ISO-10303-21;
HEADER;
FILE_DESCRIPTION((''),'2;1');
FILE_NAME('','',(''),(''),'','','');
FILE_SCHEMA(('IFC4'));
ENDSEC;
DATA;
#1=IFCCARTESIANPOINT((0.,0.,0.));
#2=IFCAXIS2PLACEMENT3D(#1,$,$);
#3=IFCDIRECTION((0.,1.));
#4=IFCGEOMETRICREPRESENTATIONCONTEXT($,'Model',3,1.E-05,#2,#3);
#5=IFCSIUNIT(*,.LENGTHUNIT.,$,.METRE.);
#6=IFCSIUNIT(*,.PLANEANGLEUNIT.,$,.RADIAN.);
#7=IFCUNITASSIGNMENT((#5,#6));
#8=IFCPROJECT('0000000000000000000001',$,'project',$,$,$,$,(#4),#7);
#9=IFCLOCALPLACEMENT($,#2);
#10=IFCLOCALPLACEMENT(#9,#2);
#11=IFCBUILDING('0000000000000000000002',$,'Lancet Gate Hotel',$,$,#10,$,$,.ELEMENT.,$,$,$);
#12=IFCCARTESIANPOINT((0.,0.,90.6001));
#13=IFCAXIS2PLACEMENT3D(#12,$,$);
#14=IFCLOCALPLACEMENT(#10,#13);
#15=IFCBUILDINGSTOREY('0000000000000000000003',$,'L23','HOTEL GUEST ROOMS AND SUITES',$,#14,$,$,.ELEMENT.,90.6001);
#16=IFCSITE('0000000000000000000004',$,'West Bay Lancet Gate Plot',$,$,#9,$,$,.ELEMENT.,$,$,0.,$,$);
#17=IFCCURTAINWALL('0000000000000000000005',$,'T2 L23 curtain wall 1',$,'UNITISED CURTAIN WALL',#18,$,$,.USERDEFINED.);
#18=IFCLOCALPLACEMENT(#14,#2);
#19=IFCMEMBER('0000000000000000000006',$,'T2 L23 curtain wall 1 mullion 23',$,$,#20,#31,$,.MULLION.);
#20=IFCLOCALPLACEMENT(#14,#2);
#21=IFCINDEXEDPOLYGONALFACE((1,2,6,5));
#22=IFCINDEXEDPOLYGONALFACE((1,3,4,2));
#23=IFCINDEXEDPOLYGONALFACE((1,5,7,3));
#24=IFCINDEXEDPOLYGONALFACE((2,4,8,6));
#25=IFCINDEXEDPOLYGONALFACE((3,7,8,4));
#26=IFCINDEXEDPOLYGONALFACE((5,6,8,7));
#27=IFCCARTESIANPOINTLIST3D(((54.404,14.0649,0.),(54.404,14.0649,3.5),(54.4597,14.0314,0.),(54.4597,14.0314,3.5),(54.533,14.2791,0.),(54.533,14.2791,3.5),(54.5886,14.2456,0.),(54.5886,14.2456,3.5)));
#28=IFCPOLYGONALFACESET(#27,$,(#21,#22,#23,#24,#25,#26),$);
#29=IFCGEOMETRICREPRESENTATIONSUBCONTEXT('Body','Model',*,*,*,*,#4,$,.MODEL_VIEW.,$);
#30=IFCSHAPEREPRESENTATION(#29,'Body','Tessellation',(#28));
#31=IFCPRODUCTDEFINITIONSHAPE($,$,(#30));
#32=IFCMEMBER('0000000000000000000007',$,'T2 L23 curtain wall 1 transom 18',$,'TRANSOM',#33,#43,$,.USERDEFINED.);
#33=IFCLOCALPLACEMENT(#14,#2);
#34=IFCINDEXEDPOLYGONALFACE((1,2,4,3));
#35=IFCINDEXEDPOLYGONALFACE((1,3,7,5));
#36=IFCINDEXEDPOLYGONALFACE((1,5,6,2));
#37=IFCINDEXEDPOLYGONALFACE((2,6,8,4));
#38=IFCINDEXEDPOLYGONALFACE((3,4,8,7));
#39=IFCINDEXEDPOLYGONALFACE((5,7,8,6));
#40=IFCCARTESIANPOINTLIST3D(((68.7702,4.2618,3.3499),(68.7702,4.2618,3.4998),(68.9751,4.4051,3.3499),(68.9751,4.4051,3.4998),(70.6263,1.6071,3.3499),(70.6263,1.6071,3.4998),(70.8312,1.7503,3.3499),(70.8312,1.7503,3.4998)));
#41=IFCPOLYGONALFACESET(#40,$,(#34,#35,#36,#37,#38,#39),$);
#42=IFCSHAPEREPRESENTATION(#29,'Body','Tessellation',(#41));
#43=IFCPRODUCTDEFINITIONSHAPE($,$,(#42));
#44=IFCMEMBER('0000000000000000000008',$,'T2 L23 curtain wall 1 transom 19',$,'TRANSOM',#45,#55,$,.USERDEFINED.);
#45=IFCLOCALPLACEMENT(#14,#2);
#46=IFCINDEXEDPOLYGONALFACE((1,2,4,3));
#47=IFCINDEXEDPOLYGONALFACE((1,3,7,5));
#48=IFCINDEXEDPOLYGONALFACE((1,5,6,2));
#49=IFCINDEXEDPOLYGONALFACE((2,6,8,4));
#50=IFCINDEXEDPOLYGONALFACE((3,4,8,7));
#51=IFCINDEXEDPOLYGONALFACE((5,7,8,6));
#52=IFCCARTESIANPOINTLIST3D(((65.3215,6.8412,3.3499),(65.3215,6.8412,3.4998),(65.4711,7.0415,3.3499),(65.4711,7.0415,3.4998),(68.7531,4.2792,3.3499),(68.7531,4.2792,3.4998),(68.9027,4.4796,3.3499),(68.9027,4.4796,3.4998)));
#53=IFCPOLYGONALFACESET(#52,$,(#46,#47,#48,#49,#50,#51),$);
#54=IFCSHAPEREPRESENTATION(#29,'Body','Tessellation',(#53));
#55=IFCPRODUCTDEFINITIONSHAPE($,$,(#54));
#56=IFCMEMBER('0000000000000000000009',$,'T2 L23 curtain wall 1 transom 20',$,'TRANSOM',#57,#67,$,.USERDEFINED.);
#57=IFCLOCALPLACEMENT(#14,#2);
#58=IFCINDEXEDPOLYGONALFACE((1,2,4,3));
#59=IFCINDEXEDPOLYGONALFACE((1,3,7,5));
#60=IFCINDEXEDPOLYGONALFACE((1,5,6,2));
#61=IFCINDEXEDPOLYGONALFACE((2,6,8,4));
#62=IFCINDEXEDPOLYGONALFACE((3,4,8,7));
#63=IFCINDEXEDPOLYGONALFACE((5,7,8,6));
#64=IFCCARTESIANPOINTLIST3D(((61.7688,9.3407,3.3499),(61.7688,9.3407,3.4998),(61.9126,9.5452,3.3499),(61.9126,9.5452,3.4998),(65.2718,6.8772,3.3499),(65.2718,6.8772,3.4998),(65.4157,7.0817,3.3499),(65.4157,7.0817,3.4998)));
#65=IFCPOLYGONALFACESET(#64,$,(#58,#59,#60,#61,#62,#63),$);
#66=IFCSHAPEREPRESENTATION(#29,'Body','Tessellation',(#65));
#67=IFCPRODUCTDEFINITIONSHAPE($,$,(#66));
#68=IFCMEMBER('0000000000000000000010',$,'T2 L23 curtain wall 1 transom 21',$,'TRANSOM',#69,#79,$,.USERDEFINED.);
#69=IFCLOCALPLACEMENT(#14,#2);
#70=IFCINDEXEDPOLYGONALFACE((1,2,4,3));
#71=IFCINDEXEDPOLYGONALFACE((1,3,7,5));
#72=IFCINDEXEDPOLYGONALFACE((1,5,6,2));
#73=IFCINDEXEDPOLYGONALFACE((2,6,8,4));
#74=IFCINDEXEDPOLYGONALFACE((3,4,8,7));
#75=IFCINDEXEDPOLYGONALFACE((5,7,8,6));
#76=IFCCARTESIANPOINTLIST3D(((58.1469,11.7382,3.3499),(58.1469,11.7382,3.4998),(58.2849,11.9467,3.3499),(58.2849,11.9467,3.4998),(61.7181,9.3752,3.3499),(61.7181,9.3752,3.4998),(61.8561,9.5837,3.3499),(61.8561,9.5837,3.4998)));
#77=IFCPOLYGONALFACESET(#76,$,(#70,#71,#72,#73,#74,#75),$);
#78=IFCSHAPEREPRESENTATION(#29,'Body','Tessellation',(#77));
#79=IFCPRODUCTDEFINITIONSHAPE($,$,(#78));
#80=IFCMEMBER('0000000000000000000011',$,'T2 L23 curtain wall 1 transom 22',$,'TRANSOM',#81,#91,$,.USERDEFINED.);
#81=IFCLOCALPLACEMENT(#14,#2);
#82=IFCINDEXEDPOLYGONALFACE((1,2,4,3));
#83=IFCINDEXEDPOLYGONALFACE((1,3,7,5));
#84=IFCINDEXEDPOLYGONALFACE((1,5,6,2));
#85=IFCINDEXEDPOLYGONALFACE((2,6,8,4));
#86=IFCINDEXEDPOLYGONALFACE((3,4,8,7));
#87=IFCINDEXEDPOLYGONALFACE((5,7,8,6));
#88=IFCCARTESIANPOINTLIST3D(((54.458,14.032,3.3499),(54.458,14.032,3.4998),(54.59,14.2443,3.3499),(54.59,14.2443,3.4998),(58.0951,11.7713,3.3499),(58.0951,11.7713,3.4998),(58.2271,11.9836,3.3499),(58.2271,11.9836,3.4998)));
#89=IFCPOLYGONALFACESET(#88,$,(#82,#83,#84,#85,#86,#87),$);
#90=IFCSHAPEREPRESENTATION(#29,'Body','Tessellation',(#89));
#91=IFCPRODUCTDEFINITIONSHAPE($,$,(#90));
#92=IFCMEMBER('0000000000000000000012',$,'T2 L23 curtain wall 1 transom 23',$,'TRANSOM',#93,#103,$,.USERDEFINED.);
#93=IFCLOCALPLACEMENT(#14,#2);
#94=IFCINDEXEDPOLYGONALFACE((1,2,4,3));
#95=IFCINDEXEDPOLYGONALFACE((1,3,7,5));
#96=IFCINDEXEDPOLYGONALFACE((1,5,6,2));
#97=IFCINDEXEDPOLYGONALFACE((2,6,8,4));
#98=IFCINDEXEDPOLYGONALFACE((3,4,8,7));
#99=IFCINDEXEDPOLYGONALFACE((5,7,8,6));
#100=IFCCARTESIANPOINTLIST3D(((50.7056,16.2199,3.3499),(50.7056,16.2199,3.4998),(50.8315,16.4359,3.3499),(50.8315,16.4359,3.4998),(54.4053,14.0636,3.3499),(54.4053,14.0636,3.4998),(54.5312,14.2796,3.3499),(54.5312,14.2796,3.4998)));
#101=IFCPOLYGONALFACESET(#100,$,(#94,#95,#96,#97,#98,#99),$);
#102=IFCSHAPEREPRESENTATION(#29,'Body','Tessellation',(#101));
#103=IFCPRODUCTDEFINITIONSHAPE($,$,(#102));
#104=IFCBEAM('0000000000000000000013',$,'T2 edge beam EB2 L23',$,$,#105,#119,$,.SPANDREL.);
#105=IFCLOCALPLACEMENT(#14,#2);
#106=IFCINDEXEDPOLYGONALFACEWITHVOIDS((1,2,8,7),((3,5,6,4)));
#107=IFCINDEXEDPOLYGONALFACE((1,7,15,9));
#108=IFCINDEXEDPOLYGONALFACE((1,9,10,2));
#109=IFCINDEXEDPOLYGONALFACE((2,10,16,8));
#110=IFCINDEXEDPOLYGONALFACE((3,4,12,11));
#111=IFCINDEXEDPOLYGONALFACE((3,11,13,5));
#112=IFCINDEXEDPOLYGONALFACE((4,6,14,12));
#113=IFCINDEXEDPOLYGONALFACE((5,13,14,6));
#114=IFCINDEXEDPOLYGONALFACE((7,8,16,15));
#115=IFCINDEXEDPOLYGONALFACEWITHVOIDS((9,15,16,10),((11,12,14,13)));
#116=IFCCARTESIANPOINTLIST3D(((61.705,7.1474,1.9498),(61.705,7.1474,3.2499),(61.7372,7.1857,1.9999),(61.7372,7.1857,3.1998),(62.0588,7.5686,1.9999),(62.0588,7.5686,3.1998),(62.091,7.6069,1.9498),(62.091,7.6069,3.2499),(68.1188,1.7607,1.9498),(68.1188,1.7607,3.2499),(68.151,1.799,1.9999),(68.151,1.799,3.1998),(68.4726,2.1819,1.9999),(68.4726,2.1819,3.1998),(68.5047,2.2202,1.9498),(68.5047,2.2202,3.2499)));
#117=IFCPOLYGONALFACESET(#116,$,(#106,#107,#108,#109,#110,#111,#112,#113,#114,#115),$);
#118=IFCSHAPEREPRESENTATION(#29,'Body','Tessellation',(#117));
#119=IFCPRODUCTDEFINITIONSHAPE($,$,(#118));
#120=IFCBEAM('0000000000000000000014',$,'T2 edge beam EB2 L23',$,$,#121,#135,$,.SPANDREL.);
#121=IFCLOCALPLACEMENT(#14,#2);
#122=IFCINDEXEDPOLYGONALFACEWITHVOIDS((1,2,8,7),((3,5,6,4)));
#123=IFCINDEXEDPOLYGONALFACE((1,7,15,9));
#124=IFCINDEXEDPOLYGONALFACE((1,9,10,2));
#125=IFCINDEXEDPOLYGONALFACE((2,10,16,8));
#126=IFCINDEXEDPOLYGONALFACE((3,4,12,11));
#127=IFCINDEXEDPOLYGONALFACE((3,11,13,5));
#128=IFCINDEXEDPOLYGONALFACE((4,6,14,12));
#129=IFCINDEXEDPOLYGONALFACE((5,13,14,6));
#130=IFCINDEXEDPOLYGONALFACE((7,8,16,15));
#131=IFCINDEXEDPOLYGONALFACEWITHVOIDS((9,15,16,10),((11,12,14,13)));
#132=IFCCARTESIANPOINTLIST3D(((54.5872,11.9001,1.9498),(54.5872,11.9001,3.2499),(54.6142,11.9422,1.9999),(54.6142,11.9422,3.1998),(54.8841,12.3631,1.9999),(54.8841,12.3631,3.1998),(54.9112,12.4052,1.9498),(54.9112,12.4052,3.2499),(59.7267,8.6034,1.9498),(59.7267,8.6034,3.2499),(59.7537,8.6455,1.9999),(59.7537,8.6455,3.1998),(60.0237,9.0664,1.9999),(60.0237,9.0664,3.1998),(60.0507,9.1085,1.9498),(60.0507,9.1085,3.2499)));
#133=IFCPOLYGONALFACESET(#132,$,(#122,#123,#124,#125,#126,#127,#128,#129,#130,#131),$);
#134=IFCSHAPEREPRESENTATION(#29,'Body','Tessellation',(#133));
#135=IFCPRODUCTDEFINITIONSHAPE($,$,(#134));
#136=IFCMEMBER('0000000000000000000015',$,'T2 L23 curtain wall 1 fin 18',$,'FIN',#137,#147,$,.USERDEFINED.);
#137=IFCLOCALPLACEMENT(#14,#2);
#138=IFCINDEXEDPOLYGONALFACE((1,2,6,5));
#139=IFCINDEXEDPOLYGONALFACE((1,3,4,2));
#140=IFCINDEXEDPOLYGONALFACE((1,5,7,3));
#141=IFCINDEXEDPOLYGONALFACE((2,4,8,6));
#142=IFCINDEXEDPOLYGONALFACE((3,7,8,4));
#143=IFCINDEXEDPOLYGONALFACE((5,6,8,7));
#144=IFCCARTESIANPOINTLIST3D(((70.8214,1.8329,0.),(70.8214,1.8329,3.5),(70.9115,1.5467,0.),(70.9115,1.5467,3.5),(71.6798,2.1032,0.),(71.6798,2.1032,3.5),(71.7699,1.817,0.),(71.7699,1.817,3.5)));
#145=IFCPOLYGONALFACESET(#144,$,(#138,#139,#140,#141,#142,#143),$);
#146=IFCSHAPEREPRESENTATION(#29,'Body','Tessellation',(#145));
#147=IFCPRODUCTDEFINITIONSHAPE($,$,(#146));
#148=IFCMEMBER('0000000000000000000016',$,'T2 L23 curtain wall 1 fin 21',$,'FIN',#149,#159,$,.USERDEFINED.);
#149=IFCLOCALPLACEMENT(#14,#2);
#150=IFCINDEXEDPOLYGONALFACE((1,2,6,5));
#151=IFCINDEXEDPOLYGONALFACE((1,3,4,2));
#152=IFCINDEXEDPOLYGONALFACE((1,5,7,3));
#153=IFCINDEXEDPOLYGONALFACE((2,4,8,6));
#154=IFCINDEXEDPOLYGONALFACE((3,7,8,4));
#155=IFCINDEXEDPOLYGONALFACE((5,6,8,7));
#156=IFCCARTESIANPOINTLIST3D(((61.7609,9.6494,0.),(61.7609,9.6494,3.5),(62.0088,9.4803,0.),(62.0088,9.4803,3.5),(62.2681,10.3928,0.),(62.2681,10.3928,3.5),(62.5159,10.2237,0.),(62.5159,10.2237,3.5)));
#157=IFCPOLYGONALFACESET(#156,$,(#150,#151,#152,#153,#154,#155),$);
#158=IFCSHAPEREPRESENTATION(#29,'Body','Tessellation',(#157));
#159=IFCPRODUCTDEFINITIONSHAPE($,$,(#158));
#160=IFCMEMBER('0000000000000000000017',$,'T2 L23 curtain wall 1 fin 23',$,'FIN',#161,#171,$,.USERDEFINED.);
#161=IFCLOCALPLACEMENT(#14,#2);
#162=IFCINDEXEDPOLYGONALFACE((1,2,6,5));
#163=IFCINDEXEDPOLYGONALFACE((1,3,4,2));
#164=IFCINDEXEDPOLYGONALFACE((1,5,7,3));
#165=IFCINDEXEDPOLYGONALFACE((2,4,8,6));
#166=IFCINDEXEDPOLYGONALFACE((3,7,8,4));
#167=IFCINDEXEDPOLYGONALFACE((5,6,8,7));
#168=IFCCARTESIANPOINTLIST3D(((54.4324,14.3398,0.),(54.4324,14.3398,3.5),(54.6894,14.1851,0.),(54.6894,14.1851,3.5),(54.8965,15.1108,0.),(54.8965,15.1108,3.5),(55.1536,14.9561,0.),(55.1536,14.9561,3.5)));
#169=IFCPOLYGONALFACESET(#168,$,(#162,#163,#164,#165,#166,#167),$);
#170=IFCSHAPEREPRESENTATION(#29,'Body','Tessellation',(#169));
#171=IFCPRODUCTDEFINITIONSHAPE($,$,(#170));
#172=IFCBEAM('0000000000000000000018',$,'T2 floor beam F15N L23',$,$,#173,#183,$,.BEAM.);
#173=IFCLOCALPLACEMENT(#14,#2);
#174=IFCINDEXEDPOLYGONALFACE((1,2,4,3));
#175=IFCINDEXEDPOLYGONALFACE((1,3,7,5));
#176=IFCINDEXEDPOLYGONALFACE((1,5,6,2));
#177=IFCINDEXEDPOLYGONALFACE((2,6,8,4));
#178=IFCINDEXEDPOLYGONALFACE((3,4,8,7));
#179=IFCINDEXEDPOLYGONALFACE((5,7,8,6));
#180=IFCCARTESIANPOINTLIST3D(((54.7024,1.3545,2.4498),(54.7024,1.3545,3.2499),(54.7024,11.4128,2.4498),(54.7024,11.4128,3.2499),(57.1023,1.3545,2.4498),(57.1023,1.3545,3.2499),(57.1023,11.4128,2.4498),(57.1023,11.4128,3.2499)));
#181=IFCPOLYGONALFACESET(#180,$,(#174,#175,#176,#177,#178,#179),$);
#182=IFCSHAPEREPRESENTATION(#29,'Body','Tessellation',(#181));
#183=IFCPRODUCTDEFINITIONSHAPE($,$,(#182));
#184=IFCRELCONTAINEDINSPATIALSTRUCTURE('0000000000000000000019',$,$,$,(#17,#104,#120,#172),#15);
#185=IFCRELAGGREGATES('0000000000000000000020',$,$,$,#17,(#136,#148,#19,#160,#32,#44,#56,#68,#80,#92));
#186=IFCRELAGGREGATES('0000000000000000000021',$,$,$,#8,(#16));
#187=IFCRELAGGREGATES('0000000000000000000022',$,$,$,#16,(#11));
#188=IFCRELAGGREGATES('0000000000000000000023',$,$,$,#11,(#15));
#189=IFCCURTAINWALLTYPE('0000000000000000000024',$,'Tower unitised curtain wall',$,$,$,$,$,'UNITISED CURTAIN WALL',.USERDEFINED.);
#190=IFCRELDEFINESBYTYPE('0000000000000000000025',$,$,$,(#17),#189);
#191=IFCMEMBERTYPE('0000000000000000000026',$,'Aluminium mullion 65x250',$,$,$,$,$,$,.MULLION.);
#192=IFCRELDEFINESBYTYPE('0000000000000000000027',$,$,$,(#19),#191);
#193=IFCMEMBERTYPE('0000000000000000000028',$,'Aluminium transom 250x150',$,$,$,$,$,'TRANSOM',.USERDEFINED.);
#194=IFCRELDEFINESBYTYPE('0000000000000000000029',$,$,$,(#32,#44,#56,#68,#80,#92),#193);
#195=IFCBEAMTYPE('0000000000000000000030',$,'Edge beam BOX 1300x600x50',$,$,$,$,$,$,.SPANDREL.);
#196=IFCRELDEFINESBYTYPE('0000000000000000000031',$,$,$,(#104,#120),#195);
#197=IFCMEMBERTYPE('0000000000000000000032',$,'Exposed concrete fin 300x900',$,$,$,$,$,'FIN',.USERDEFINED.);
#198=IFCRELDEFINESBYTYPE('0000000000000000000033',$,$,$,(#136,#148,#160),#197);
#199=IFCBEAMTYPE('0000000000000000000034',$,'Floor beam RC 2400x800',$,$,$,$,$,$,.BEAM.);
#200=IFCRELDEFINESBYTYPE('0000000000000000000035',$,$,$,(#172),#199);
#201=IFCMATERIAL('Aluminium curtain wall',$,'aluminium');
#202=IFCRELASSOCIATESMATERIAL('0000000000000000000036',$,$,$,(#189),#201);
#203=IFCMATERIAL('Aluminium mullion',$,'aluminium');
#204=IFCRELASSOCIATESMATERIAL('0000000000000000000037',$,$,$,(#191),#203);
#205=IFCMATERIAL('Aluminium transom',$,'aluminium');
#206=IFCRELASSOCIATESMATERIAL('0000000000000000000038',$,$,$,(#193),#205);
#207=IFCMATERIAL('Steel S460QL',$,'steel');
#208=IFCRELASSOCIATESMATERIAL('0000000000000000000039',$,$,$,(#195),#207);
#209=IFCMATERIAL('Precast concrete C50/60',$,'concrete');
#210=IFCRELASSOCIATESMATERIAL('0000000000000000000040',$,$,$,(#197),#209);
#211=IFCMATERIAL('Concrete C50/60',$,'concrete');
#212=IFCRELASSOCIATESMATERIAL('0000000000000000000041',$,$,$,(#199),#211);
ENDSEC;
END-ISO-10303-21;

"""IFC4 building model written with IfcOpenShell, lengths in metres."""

from ifc_helpers import new_model, si_unit, direction, frame, origin, origin_2d, place, context, subcontext, project, spatial, rectangle, hollow_rectangle, extrude, material, material_profile, profile_set, type_object, element, aggregate, save


model = new_model("IFC4")

# Units and contexts
model_context = context("Model", 3, precision=1e-05, world=origin(), true_north=direction((0.0, 1.0)))
body_context = subcontext(model_context, "Body", "Model", "MODEL_VIEW")
ifc_project = project(units=[si_unit("LENGTHUNIT", "METRE"), si_unit("PLANEANGLEUNIT", "RADIAN")], contexts=[model_context])

# Site, building, storey
site_placement = place(None, origin())
site = spatial("IfcSite", under=ifc_project, at=site_placement, Name="West Bay Lancet Gate Plot", CompositionType="ELEMENT", RefElevation=0.0)
building_placement = place(site_placement, origin())
building = spatial("IfcBuilding", under=site, at=building_placement, Name="Lancet Gate Hotel", CompositionType="ELEMENT")
storey_placement = place(building_placement, frame((0.0, 0.0, 90.6001)))
storey = spatial("IfcBuildingStorey", under=building, at=storey_placement, Name="L23", Description="HOTEL GUEST ROOMS AND SUITES", CompositionType="ELEMENT", Elevation=90.6001)

# Curtain wall, members
ifc_material_1 = material(Name="Aluminium curtain wall", Category="aluminium")
curtain_wall_type = type_object("IfcCurtainWallType", Name="Tower unitised curtain wall", ElementType="UNITISED CURTAIN WALL", PredefinedType="USERDEFINED", material=ifc_material_1)
curtain_wall_placement = place(storey_placement, origin())
curtain_wall = element("IfcCurtainWall", 1, at=curtain_wall_placement, inside=storey, type_object=curtain_wall_type, Name="T2 L23 curtain wall 1", ObjectType="UNITISED CURTAIN WALL", PredefinedType="USERDEFINED")
ifc_material_2 = material(Name="Aluminium mullion", Category="aluminium")
ifc_material_profile_1 = material_profile(ifc_material_2, rectangle(XDim=0.0649, YDim=0.25, at=origin_2d()), Name="MULLION 65x250")
ifc_profile_set_1 = profile_set([ifc_material_profile_1], Name="Aluminium mullion")
member_type_1 = type_object("IfcMemberType", Name="Aluminium mullion 65x250", PredefinedType="MULLION", material=ifc_profile_set_1)
member_1_placement = place(storey_placement, frame((54.4963, 14.1553, 0.0), z_axis=(0.0, 0.0, 1.0), x_axis=(-0.856728, 0.515768, 0.0)))
member_1 = element("IfcMember", 2, at=member_1_placement, type_object=member_type_1, Name="T2 L23 curtain wall 1 mullion 23", PredefinedType="MULLION", context=body_context, shape_type="SweptSolid", body=[
    extrude(rectangle(XDim=0.0649, YDim=0.25, at=origin_2d()), origin(), (0.0, 0.0, 1.0), 3.5),
])
ifc_material_3 = material(Name="Aluminium transom", Category="aluminium")
ifc_material_profile_2 = material_profile(ifc_material_3, rectangle(XDim=0.25, YDim=0.1499, at=origin_2d()), Name="TRANSOM 250x150")
ifc_profile_set_2 = profile_set([ifc_material_profile_2], Name="Aluminium transom")
member_type_2 = type_object("IfcMemberType", Name="Aluminium transom 250x150", ElementType="TRANSOM", PredefinedType="USERDEFINED", material=ifc_profile_set_2)
member_2_placement = place(storey_placement, frame((70.7288, 1.6787, 3.4248), z_axis=(-0.573017, 0.819543, 0.0), x_axis=(-0.819543, -0.573017, 0.0)))
member_2 = element("IfcMember", 3, at=member_2_placement, type_object=member_type_2, Name="T2 L23 curtain wall 1 transom 18", ObjectType="TRANSOM", PredefinedType="USERDEFINED", context=body_context, shape_type="SweptSolid", body=[
    extrude(rectangle(XDim=0.25, YDim=0.1499, at=origin_2d()), origin(), (0.0, 0.0, 1.0), 3.2393),
])
member_3_placement = place(storey_placement, frame((68.8279, 4.3794, 3.4248), z_axis=(-0.801312, 0.598247, 0.0), x_axis=(-0.598247, -0.801312, 0.0)))
member_3 = element("IfcMember", 4, at=member_3_placement, type_object=member_type_2, Name="T2 L23 curtain wall 1 transom 19", ObjectType="TRANSOM", PredefinedType="USERDEFINED", context=body_context, shape_type="SweptSolid", body=[
    extrude(rectangle(XDim=0.25, YDim=0.1499, at=origin_2d()), origin(), (0.0, 0.0, 1.0), 4.2825),
])
member_4_placement = place(storey_placement, frame((65.3438, 6.9795, 3.4248), z_axis=(-0.817987, 0.575236, 0.0), x_axis=(-0.575236, -0.817987, 0.0)))
member_4 = element("IfcMember", 5, at=member_4_placement, type_object=member_type_2, Name="T2 L23 curtain wall 1 transom 20", ObjectType="TRANSOM", PredefinedType="USERDEFINED", context=body_context, shape_type="SweptSolid", body=[
    extrude(rectangle(XDim=0.25, YDim=0.1499, at=origin_2d()), origin(), (0.0, 0.0, 1.0), 4.2825),
])
member_5_placement = place(storey_placement, frame((61.7871, 9.4795, 3.4248), z_axis=(-0.833966, 0.551816, 0.0), x_axis=(-0.551816, -0.833966, 0.0)))
member_5 = element("IfcMember", 6, at=member_5_placement, type_object=member_type_2, Name="T2 L23 curtain wall 1 transom 21", ObjectType="TRANSOM", PredefinedType="USERDEFINED", context=body_context, shape_type="SweptSolid", body=[
    extrude(rectangle(XDim=0.25, YDim=0.1499, at=origin_2d()), origin(), (0.0, 0.0, 1.0), 4.2822),
])
member_6_placement = place(storey_placement, frame((58.1611, 11.8774, 3.4248), z_axis=(-0.849309, 0.527896, 0.0), x_axis=(-0.527896, -0.849309, 0.0)))
member_6 = element("IfcMember", 7, at=member_6_placement, type_object=member_type_2, Name="T2 L23 curtain wall 1 transom 22", ObjectType="TRANSOM", PredefinedType="USERDEFINED", context=body_context, shape_type="SweptSolid", body=[
    extrude(rectangle(XDim=0.25, YDim=0.1499, at=origin_2d()), origin(), (0.0, 0.0, 1.0), 4.2825),
])
member_7_placement = place(storey_placement, frame((54.4683, 14.1716, 3.4248), z_axis=(-0.863973, 0.503538, 0.0), x_axis=(-0.503538, -0.863973, 0.0)))
member_7 = element("IfcMember", 8, at=member_7_placement, type_object=member_type_2, Name="T2 L23 curtain wall 1 transom 23", ObjectType="TRANSOM", PredefinedType="USERDEFINED", context=body_context, shape_type="SweptSolid", body=[
    extrude(rectangle(XDim=0.25, YDim=0.1499, at=origin_2d()), origin(), (0.0, 0.0, 1.0), 4.2822),
])

# Beams
ifc_material_4 = material(Name="Steel S460QL", Category="steel")
ifc_material_profile_3 = material_profile(ifc_material_4, hollow_rectangle(XDim=0.6001, YDim=1.3, WallThickness=0.05, at=origin_2d()), Name="BOX 1300x600x50")
ifc_profile_set_3 = profile_set([ifc_material_profile_3], Name="Steel S460QL")
beam_type_1 = type_object("IfcBeamType", Name="Edge beam BOX 1300x600x50", PredefinedType="SPANDREL", material=ifc_profile_set_3)
beam_1_placement = place(storey_placement, frame((68.3118, 1.9905, 2.5999), z_axis=(-0.765757, 0.64313, 0.0), x_axis=(-0.64313, -0.765757, 0.0)))
element("IfcBeam", 9, at=beam_1_placement, inside=storey, type_object=beam_type_1, Name="T2 edge beam EB2 L23", PredefinedType="SPANDREL", context=body_context, shape_type="SweptSolid", body=[
    extrude(hollow_rectangle(XDim=0.6001, YDim=1.3, WallThickness=0.05, at=origin_2d()), origin(), (0.0, 0.0, 1.0), 8.3757),
])
beam_2_placement = place(storey_placement, frame((59.8887, 8.856, 2.5999), z_axis=(-0.84172, 0.539915, 0.0), x_axis=(-0.539915, -0.84172, 0.0)))
element("IfcBeam", 10, at=beam_2_placement, inside=storey, type_object=beam_type_1, Name="T2 edge beam EB2 L23", PredefinedType="SPANDREL", context=body_context, shape_type="SweptSolid", body=[
    extrude(hollow_rectangle(XDim=0.6001, YDim=1.3, WallThickness=0.05, at=origin_2d()), origin(), (0.0, 0.0, 1.0), 6.106),
])

# Members
ifc_material_5 = material(Name="Precast concrete C50/60", Category="concrete")
ifc_material_profile_4 = material_profile(ifc_material_5, rectangle(XDim=0.3, YDim=0.8999, at=origin_2d()), Name="FIN 300x900")
ifc_profile_set_4 = profile_set([ifc_material_profile_4], Name="Precast concrete C50/60")
member_type_3 = type_object("IfcMemberType", Name="Exposed concrete fin 300x900", ElementType="FIN", PredefinedType="USERDEFINED", material=ifc_profile_set_4)
member_8_placement = place(storey_placement, frame((71.2957, 1.825, 0.0), z_axis=(0.0, 0.0, 1.0), x_axis=(-0.300385, 0.953818, 0.0)))
member_8 = element("IfcMember", 11, at=member_8_placement, type_object=member_type_3, Name="T2 L23 curtain wall 1 fin 18", ObjectType="FIN", PredefinedType="USERDEFINED", context=body_context, shape_type="SweptSolid", body=[
    extrude(rectangle(XDim=0.3, YDim=0.8999, at=origin_2d()), origin(), (0.0, 0.0, 1.0), 3.5),
])
member_9_placement = place(storey_placement, frame((62.1384, 9.9365, 0.0), z_axis=(0.0, 0.0, 1.0), x_axis=(-0.826066, 0.563574, 0.0)))
member_9 = element("IfcMember", 12, at=member_9_placement, type_object=member_type_3, Name="T2 L23 curtain wall 1 fin 21", ObjectType="FIN", PredefinedType="USERDEFINED", context=body_context, shape_type="SweptSolid", body=[
    extrude(rectangle(XDim=0.3, YDim=0.8999, at=origin_2d()), origin(), (0.0, 0.0, 1.0), 3.5),
])
member_10_placement = place(storey_placement, frame((54.793, 14.6479, 0.0), z_axis=(0.0, 0.0, 1.0), x_axis=(-0.856728, 0.515768, 0.0)))
member_10 = element("IfcMember", 13, at=member_10_placement, type_object=member_type_3, Name="T2 L23 curtain wall 1 fin 23", ObjectType="FIN", PredefinedType="USERDEFINED", context=body_context, shape_type="SweptSolid", body=[
    extrude(rectangle(XDim=0.3, YDim=0.8999, at=origin_2d()), origin(), (0.0, 0.0, 1.0), 3.5),
])

# Beam
ifc_material_6 = material(Name="Concrete C50/60", Category="concrete")
ifc_material_profile_5 = material_profile(ifc_material_6, rectangle(XDim=2.3999, YDim=0.8, at=origin_2d()), Name="RC 2400x800")
ifc_profile_set_5 = profile_set([ifc_material_profile_5], Name="Concrete C50/60")
beam_type_2 = type_object("IfcBeamType", Name="Floor beam RC 2400x800", PredefinedType="BEAM", material=ifc_profile_set_5)
beam_3_placement = place(storey_placement, frame((55.9023, 1.3545, 2.8499), z_axis=(0.0, 1.0, 0.0), x_axis=(-1.0, 0.0, 0.0)))
element("IfcBeam", 14, at=beam_3_placement, inside=storey, type_object=beam_type_2, Name="T2 floor beam F15N L23", PredefinedType="BEAM", context=body_context, shape_type="SweptSolid", body=[
    extrude(rectangle(XDim=2.3999, YDim=0.8, at=origin_2d()), origin(), (0.0, 0.0, 1.0), 10.0583),
])

aggregate(curtain_wall, [member_8, member_9, member_1, member_10, member_2, member_3, member_4, member_5, member_6, member_7])

save(model, "model.ifc")
